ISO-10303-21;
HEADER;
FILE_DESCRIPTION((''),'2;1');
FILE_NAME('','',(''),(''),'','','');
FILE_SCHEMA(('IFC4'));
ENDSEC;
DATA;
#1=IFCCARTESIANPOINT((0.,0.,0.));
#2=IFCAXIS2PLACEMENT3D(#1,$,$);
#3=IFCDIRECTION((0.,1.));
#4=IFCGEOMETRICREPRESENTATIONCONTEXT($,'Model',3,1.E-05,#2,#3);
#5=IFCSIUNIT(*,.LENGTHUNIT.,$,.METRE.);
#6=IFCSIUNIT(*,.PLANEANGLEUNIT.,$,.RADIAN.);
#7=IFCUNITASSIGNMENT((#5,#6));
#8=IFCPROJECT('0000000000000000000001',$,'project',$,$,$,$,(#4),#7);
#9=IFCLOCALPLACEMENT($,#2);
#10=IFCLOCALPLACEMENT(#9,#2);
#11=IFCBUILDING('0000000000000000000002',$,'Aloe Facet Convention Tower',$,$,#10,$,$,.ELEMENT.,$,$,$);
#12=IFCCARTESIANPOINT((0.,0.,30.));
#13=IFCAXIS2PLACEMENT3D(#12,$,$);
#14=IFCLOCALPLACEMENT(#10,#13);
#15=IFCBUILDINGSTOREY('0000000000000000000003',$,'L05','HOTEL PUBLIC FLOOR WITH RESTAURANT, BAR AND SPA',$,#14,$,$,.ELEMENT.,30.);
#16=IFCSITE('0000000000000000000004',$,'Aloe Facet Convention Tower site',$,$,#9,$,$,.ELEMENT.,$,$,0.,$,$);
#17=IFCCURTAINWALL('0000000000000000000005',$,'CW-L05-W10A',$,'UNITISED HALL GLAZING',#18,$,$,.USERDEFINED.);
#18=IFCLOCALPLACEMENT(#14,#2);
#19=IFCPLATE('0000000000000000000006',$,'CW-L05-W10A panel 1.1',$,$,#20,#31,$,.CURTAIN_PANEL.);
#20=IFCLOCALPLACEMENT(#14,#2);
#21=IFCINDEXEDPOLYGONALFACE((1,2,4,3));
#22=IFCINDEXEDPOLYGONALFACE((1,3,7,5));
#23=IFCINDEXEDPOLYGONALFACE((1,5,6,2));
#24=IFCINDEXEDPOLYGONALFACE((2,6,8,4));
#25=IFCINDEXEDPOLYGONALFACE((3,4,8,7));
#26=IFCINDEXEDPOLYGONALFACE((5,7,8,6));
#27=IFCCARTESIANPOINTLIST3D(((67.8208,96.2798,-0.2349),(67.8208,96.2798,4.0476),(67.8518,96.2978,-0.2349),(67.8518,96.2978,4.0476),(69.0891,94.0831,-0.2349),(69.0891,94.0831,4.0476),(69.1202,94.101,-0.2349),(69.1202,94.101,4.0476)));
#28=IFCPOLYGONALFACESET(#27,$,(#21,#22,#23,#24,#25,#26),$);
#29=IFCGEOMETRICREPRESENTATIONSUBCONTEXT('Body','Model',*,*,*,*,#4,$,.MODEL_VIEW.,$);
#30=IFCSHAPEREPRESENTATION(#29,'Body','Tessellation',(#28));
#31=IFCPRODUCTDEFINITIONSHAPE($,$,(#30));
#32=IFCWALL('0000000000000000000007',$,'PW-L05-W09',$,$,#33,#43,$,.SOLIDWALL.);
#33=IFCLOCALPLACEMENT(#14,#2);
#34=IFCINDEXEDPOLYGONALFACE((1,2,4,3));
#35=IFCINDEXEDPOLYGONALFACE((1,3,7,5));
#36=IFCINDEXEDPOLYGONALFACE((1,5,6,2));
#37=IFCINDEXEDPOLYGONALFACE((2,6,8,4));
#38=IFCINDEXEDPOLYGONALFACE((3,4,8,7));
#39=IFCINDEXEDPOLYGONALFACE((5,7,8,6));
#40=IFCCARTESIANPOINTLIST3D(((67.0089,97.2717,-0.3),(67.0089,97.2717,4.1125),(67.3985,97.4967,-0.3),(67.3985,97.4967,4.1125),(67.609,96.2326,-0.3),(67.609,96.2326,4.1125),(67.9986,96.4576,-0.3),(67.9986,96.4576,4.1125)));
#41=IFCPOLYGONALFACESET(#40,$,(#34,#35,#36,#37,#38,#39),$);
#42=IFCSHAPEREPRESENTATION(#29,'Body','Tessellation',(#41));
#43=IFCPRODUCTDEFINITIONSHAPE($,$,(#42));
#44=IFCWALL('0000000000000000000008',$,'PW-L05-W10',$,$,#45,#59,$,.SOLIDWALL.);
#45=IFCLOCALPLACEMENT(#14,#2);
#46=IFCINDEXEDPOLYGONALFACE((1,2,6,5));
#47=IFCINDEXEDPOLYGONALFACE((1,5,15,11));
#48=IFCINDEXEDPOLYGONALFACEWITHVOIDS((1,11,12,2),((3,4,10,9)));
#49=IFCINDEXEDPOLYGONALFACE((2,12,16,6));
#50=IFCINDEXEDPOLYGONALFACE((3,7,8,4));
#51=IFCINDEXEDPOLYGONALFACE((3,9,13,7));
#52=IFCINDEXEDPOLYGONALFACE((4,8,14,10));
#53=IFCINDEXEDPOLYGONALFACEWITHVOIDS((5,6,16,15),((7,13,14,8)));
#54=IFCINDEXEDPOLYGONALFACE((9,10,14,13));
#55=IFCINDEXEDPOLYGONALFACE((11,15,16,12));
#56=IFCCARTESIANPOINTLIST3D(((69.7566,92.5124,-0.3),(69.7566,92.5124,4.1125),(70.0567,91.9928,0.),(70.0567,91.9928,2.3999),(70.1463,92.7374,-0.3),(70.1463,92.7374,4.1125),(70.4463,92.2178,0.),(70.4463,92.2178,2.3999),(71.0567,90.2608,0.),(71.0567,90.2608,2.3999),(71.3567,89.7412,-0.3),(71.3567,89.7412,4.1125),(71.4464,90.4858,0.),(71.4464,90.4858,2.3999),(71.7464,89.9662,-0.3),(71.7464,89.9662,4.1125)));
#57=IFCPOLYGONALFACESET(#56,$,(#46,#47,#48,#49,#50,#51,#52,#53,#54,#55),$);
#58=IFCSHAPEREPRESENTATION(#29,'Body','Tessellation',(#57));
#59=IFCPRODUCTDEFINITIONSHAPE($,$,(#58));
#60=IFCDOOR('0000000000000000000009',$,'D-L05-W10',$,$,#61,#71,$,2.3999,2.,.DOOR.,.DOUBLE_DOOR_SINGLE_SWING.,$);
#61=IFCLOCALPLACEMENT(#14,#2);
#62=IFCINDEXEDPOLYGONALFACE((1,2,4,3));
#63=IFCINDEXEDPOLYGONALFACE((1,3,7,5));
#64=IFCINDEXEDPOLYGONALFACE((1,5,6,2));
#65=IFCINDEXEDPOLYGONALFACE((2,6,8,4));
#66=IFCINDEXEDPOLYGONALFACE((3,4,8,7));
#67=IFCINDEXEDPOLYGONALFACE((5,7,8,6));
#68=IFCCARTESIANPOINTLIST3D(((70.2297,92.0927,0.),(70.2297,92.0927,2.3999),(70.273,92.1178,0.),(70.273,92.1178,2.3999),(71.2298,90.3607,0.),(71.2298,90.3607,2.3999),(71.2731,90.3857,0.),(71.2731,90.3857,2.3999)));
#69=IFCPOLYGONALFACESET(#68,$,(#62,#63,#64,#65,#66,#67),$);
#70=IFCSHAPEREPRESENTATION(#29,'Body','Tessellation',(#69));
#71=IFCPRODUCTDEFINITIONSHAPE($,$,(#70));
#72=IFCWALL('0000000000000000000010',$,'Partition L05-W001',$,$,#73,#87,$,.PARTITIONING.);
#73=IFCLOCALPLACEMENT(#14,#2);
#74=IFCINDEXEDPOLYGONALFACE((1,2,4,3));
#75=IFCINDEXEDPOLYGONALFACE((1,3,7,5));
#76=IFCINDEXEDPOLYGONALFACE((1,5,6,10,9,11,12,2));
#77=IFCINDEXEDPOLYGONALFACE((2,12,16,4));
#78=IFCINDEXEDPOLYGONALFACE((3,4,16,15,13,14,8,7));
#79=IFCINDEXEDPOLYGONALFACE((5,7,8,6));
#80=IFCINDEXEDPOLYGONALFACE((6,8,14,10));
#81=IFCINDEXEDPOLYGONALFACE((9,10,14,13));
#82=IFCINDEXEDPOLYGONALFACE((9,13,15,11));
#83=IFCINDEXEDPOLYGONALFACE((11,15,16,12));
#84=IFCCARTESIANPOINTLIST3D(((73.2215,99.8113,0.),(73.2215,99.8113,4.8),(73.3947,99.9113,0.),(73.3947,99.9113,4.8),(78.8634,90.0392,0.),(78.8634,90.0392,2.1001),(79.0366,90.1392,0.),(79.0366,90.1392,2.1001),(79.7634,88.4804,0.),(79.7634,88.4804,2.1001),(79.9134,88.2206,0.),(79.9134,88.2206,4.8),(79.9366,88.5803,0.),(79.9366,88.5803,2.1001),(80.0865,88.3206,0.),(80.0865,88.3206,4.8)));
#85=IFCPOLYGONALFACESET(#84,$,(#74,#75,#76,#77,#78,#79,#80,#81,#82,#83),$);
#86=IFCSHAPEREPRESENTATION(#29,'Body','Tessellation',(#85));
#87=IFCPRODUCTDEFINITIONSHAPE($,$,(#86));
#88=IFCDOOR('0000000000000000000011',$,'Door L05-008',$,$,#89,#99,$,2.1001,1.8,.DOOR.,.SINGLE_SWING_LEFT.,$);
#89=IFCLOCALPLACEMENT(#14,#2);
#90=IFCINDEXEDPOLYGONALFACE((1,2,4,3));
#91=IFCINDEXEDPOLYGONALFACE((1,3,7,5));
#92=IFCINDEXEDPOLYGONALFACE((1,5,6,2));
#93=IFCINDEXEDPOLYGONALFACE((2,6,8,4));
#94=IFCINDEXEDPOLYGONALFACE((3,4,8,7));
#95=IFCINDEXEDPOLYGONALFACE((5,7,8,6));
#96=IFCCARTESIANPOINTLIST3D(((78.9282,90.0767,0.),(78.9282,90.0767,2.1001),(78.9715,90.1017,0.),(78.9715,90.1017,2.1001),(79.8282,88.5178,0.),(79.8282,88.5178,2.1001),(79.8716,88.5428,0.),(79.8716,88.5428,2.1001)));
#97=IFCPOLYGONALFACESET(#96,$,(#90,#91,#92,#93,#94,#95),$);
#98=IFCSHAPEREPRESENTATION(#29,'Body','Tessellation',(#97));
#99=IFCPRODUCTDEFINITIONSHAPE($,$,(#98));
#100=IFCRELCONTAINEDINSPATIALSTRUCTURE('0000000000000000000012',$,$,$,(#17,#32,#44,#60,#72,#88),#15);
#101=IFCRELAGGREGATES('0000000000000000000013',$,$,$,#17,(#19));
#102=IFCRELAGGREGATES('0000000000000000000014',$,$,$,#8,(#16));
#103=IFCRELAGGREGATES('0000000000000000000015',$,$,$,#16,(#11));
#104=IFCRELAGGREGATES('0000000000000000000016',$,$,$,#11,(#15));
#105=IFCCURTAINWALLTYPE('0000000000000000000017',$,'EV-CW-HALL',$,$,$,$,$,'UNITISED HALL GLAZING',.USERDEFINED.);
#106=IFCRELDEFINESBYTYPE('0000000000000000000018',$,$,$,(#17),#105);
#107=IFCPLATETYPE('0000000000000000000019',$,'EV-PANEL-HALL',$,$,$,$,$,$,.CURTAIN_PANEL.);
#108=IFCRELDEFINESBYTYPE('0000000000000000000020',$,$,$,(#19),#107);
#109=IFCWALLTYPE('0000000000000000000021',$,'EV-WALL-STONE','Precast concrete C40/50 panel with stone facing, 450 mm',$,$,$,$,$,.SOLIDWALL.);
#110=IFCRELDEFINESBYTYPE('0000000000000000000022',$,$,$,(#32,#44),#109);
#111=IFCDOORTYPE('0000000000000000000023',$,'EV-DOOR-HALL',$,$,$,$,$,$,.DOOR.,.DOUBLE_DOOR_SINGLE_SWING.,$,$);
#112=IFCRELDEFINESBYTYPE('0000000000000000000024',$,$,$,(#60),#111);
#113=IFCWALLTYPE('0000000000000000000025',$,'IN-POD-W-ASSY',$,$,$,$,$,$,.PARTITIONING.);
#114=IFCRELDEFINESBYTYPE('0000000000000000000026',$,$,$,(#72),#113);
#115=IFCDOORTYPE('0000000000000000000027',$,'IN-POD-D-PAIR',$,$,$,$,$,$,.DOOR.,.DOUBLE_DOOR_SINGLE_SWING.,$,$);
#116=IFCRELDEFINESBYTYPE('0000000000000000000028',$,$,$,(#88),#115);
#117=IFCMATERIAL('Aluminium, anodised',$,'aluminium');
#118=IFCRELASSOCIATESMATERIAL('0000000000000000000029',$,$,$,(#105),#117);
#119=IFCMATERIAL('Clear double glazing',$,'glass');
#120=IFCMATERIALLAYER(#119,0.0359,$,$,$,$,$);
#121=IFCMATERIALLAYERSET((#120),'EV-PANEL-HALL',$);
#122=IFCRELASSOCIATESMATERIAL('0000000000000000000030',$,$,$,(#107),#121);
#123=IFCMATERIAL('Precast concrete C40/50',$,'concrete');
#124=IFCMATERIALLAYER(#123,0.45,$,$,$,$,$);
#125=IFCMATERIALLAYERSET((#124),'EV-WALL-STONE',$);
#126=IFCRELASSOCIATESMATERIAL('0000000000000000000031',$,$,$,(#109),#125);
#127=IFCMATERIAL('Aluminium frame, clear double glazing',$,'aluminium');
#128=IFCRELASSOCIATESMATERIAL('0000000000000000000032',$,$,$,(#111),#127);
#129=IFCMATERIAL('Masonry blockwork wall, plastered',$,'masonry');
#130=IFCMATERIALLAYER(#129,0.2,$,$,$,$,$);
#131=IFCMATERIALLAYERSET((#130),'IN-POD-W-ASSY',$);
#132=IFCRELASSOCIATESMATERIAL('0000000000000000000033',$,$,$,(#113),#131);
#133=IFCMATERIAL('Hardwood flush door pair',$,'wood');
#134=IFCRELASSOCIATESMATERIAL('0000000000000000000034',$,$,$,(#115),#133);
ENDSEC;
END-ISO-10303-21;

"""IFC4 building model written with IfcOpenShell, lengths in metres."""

from ifc_helpers import new_model, si_unit, direction, frame, frame_2d, origin, origin_2d, place, context, subcontext, project, spatial, rectangle, extrude, material, layer, layer_set, type_object, element, fill, aggregate, save


model = new_model("IFC4")

# Units and contexts
model_context = context("Model", 3, precision=1e-05, world=origin(), true_north=direction((0.0, 1.0)))
body_context = subcontext(model_context, "Body", "Model", "MODEL_VIEW")
ifc_project = project(units=[si_unit("LENGTHUNIT", "METRE"), si_unit("PLANEANGLEUNIT", "RADIAN")], contexts=[model_context])

# Site, building, storey
site_placement = place(None, origin())
site = spatial("IfcSite", under=ifc_project, at=site_placement, Name="Aloe Facet Convention Tower site", CompositionType="ELEMENT", RefElevation=0.0)
building_placement = place(site_placement, origin())
building = spatial("IfcBuilding", under=site, at=building_placement, Name="Aloe Facet Convention Tower", CompositionType="ELEMENT")
storey_placement = place(building_placement, frame((0.0, 0.0, 30.0)))
storey = spatial("IfcBuildingStorey", under=building, at=storey_placement, Name="L05", Description="HOTEL PUBLIC FLOOR WITH RESTAURANT, BAR AND SPA", CompositionType="ELEMENT", Elevation=30.0)

# Curtain wall
ifc_material_1 = material(Name="Aluminium, anodised", Category="aluminium")
curtain_wall_type = type_object("IfcCurtainWallType", Name="EV-CW-HALL", ElementType="UNITISED HALL GLAZING", PredefinedType="USERDEFINED", material=ifc_material_1)
curtain_wall_1_placement = place(storey_placement, origin())
curtain_wall_1 = element("IfcCurtainWall", 1, at=curtain_wall_1_placement, inside=storey, type_object=curtain_wall_type, Name="CW-L05-W10A", ObjectType="UNITISED HALL GLAZING", PredefinedType="USERDEFINED")

# Plate
ifc_material_2 = material(Name="Clear double glazing", Category="glass")
ifc_layer_1 = layer(ifc_material_2, 0.0359)
ifc_layer_set_1 = layer_set([ifc_layer_1], Name="EV-PANEL-HALL")
plate_type = type_object("IfcPlateType", Name="EV-PANEL-HALL", PredefinedType="CURTAIN_PANEL", material=ifc_layer_set_1)
plate_1_placement = place(storey_placement, frame((68.4705, 95.1904, -0.2349), z_axis=(0.0, 0.0, 1.0), x_axis=(0.5, -0.866025, 0.0)))
plate_1 = element("IfcPlate", 2, at=plate_1_placement, type_object=plate_type, Name="CW-L05-W10A panel 1.1", PredefinedType="CURTAIN_PANEL", context=body_context, shape_type="SweptSolid", body=[
    extrude(rectangle(XDim=2.5366, YDim=0.0359, at=origin_2d()), origin(), (0.0, 0.0, 1.0), 4.2825),
])
aggregate(curtain_wall_1, [plate_1])

# Wall
ifc_material_3 = material(Name="Precast concrete C40/50", Category="concrete")
ifc_layer_2 = layer(ifc_material_3, 0.45)
ifc_layer_set_2 = layer_set([ifc_layer_2], Name="EV-WALL-STONE")
wall_type_1 = type_object("IfcWallType", Name="EV-WALL-STONE", Description="Precast concrete C40/50 panel with stone facing, 450 mm", PredefinedType="SOLIDWALL", material=ifc_layer_set_2)
wall_1_placement = place(storey_placement, frame((67.2036, 97.3843, -0.3), z_axis=(0.0, 0.0, 1.0), x_axis=(0.500122, -0.865955, 0.0)))
element("IfcWall", 3, at=wall_1_placement, inside=storey, type_object=wall_type_1, Name="PW-L05-W09", PredefinedType="SOLIDWALL", context=body_context, shape_type="SweptSolid", body=[
    extrude(rectangle(XDim=1.2, YDim=0.45, at=frame_2d((0.6001, 0.0))), origin(), (0.0, 0.0, 1.0), 4.4126),
])

# Walls, openings, doors
wall_2_placement = place(storey_placement, frame((69.9514, 92.625, -0.3), z_axis=(0.0, 0.0, 1.0), x_axis=(0.500028, -0.866009, 0.0)))
wall_2 = element("IfcWall", 4, at=wall_2_placement, inside=storey, type_object=wall_type_1, Name="PW-L05-W10", PredefinedType="SOLIDWALL", context=body_context, shape_type="SweptSolid", body=[
    extrude(rectangle(XDim=3.2, YDim=0.45, at=frame_2d((1.6001, 0.0))), origin(), (0.0, 0.0, 1.0), 4.4126),
])
opening_1_placement = place(wall_2_placement, frame((0.6001, 0.0, 0.3)))
opening_1 = element("IfcOpeningElement", 5, at=opening_1_placement, cuts=wall_2, PredefinedType="OPENING", context=body_context, shape_type="SweptSolid", body=[
    extrude(rectangle(XDim=2.0, YDim=2.3999, at=frame_2d((1.0, 1.2))), frame((0.0, 0.2349, 0.0), z_axis=(0.0, -1.0, 0.0), x_axis=(1.0, 0.0, 0.0)), (0.0, 0.0, 1.0), 0.47),
])
ifc_material_4 = material(Name="Aluminium frame, clear double glazing", Category="aluminium")
door_type_1 = type_object("IfcDoorType", Name="EV-DOOR-HALL", OperationType="DOUBLE_DOOR_SINGLE_SWING", PredefinedType="DOOR", material=ifc_material_4)
door_1_placement = place(opening_1_placement, origin())
door_1 = element("IfcDoor", 6, at=door_1_placement, inside=storey, type_object=door_type_1, Name="D-L05-W10", OperationType="DOUBLE_DOOR_SINGLE_SWING", OverallHeight=2.3999, OverallWidth=2.0, PredefinedType="DOOR", context=body_context, shape_type="SweptSolid", body=[
    extrude(rectangle(XDim=2.0, YDim=2.3999, at=frame_2d((1.0, 1.2))), frame((0.0, 0.0249, 0.0), z_axis=(0.0, -1.0, 0.0), x_axis=(1.0, 0.0, 0.0)), (0.0, 0.0, 1.0), 0.05),
])
fill(opening_1, door_1)
ifc_material_5 = material(Name="Masonry blockwork wall, plastered", Category="masonry")
ifc_layer_3 = layer(ifc_material_5, 0.2)
ifc_layer_set_3 = layer_set([ifc_layer_3], Name="IN-POD-W-ASSY")
wall_type_2 = type_object("IfcWallType", Name="IN-POD-W-ASSY", PredefinedType="PARTITIONING", material=ifc_layer_set_3)
wall_3_placement = place(storey_placement, frame((73.3081, 99.8613, 0.0), z_axis=(0.0, 0.0, 1.0), x_axis=(0.499996, -0.866028, 0.0)))
wall_3 = element("IfcWall", 7, at=wall_3_placement, inside=storey, type_object=wall_type_2, Name="Partition L05-W001", PredefinedType="PARTITIONING", context=body_context, shape_type="SweptSolid", body=[
    extrude(rectangle(XDim=13.3838, YDim=0.2, at=frame_2d((6.6919, 0.0))), origin(), (0.0, 0.0, 1.0), 4.8),
])
opening_2_placement = place(wall_3_placement, frame((11.2839, 0.0, 0.0)))
opening_2 = element("IfcOpeningElement", 8, at=opening_2_placement, cuts=wall_3, PredefinedType="OPENING", context=body_context, shape_type="SweptSolid", body=[
    extrude(rectangle(XDim=1.8, YDim=2.1001, at=frame_2d((0.8999, 1.05))), frame((0.0, 0.1099, 0.0), z_axis=(0.0, -1.0, 0.0), x_axis=(1.0, 0.0, 0.0)), (0.0, 0.0, 1.0), 0.22),
])
ifc_material_6 = material(Name="Hardwood flush door pair", Category="wood")
door_type_2 = type_object("IfcDoorType", Name="IN-POD-D-PAIR", OperationType="DOUBLE_DOOR_SINGLE_SWING", PredefinedType="DOOR", material=ifc_material_6)
door_2_placement = place(opening_2_placement, origin())
door_2 = element("IfcDoor", 9, at=door_2_placement, inside=storey, type_object=door_type_2, Name="Door L05-008", OperationType="SINGLE_SWING_LEFT", OverallHeight=2.1001, OverallWidth=1.8, PredefinedType="DOOR", context=body_context, shape_type="SweptSolid", body=[
    extrude(rectangle(XDim=1.8, YDim=2.1001, at=frame_2d((0.8999, 1.05))), frame((0.0, 0.0249, 0.0), z_axis=(0.0, -1.0, 0.0), x_axis=(1.0, 0.0, 0.0)), (0.0, 0.0, 1.0), 0.05),
])
fill(opening_2, door_2)

save(model, "model.ifc")
